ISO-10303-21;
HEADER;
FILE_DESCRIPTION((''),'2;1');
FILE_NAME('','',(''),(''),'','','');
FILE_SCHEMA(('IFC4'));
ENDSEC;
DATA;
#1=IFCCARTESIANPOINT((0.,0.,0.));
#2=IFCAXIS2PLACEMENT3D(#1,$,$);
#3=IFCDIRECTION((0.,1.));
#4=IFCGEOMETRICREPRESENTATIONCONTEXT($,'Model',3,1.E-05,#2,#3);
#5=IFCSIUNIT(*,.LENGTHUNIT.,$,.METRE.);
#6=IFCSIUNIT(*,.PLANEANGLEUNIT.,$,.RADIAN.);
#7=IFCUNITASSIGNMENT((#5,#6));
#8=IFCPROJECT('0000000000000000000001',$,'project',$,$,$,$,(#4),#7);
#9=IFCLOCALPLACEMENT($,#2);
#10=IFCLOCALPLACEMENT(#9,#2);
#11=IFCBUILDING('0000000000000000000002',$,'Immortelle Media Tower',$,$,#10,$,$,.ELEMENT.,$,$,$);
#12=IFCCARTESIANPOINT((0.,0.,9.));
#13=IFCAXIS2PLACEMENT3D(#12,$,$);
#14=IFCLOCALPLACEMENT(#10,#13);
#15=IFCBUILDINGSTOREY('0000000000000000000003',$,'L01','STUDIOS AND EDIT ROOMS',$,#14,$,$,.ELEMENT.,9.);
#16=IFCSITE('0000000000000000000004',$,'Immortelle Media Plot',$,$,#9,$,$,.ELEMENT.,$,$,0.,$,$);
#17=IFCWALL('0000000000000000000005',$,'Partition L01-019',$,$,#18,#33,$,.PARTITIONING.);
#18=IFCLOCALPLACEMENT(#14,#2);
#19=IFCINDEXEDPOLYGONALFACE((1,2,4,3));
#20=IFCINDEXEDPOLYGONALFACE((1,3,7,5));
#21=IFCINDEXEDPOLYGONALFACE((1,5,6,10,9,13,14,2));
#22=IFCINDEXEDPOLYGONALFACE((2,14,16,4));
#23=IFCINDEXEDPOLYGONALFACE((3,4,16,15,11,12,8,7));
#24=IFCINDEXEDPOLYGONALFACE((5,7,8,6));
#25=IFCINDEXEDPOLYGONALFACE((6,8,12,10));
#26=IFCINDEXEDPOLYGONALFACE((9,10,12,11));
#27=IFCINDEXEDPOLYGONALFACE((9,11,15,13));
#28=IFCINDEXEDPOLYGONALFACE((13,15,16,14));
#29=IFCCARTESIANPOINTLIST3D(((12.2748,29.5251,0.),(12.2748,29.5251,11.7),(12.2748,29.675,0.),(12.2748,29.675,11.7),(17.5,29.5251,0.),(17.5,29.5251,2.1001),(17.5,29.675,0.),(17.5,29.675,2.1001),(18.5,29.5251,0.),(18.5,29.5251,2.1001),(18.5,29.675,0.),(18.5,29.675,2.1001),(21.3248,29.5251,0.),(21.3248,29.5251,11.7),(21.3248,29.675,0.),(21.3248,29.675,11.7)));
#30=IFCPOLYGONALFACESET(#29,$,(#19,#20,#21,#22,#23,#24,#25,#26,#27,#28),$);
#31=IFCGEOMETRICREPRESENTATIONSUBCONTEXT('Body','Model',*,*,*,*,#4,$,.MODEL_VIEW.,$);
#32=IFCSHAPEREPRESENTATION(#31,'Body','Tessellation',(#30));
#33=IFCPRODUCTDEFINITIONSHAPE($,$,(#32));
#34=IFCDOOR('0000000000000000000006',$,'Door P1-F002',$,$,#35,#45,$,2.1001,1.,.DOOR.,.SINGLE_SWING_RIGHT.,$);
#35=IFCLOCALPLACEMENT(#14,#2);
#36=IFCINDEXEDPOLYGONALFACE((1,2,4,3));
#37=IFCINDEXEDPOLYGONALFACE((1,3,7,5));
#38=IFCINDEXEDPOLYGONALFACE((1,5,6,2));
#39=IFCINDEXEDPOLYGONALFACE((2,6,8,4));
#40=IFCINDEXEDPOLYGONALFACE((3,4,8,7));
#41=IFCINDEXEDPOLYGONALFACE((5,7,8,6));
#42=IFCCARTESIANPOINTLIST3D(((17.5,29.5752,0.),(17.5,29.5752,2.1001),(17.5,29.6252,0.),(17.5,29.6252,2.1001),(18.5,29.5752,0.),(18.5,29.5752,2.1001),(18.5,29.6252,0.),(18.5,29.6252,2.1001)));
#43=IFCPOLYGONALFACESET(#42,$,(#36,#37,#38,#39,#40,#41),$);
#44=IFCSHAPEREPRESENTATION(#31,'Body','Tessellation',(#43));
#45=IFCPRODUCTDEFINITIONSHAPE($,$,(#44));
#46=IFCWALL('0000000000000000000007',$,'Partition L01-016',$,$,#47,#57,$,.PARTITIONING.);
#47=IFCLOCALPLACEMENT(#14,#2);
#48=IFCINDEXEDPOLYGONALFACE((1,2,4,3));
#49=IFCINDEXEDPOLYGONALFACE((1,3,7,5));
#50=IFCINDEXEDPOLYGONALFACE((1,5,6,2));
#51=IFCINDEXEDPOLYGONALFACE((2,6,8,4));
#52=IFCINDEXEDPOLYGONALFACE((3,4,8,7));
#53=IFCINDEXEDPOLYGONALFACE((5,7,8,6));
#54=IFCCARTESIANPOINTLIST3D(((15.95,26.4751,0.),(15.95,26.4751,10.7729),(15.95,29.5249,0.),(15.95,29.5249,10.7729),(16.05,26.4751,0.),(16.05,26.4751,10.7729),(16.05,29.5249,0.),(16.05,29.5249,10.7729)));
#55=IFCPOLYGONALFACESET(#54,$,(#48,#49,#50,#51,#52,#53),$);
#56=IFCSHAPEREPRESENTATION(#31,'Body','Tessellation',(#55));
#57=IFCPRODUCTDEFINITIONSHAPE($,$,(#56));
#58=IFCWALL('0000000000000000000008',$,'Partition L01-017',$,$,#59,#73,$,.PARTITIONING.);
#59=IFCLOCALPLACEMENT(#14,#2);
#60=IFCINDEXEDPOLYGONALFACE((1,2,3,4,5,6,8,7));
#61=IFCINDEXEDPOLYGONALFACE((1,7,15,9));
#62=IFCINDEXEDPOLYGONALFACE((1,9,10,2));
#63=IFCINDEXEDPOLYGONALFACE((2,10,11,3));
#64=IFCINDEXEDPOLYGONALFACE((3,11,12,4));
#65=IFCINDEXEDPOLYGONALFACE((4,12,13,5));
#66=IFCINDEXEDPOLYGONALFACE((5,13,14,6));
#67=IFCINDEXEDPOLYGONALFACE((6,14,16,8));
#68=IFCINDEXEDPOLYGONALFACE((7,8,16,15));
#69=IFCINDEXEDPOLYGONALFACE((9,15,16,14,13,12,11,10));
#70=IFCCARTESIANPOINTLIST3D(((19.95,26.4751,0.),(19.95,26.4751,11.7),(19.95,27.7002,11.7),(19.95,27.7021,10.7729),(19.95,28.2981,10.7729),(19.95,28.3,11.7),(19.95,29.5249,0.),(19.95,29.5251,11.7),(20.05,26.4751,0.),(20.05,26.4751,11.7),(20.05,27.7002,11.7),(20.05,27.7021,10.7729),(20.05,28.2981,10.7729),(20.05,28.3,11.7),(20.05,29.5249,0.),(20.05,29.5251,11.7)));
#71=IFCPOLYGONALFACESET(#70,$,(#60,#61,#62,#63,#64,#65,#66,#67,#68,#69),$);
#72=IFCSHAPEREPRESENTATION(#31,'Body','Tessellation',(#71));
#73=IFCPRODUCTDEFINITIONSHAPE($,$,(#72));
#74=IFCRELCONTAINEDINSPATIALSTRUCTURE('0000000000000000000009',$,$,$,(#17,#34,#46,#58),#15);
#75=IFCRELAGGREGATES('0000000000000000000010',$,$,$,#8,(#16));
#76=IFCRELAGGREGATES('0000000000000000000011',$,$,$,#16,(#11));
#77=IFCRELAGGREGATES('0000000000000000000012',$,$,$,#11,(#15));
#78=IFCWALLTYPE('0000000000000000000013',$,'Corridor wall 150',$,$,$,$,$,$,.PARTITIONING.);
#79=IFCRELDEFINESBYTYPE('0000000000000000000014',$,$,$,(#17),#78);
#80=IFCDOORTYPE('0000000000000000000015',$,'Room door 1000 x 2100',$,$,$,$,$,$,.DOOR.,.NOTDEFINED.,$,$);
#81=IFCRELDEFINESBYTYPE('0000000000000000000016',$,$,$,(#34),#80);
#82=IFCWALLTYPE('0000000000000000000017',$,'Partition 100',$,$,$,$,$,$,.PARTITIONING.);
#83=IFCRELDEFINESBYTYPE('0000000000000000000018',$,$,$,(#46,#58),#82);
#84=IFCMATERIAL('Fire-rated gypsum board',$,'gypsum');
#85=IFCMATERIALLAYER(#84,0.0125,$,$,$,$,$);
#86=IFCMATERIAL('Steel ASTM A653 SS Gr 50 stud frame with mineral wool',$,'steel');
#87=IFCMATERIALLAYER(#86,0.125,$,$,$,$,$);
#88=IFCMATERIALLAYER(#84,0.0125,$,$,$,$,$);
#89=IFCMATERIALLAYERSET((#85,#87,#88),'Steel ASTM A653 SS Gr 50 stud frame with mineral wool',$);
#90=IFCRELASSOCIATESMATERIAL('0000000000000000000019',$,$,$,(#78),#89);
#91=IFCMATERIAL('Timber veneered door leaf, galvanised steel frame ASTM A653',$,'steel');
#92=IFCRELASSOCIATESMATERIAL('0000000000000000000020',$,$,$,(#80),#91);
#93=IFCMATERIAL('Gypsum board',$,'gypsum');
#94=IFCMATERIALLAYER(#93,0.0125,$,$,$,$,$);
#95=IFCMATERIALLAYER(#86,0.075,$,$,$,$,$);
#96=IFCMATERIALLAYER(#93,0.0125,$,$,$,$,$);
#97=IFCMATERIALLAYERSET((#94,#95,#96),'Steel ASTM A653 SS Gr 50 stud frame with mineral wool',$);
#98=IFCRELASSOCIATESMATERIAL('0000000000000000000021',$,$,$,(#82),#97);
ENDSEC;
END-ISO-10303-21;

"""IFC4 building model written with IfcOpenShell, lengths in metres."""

from ifc_helpers import new_model, si_unit, direction, frame, frame_2d, origin, place, context, subcontext, project, spatial, polyline, rectangle, outline, extrude, material, layer, layer_set, type_object, element, fill, save


model = new_model("IFC4")

# Units and contexts
model_context = context("Model", 3, precision=1e-05, world=origin(), true_north=direction((0.0, 1.0)))
body_context = subcontext(model_context, "Body", "Model", "MODEL_VIEW")
ifc_project = project(units=[si_unit("LENGTHUNIT", "METRE"), si_unit("PLANEANGLEUNIT", "RADIAN")], contexts=[model_context])

# Site, building, storey
site_placement = place(None, origin())
site = spatial("IfcSite", under=ifc_project, at=site_placement, Name="Immortelle Media Plot", CompositionType="ELEMENT", RefElevation=0.0)
building_placement = place(site_placement, origin())
building = spatial("IfcBuilding", under=site, at=building_placement, Name="Immortelle Media Tower", CompositionType="ELEMENT")
storey_placement = place(building_placement, frame((0.0, 0.0, 9.0)))
storey = spatial("IfcBuildingStorey", under=building, at=storey_placement, Name="L01", Description="STUDIOS AND EDIT ROOMS", CompositionType="ELEMENT", Elevation=9.0)

# Shared definitions
ifc_material_1 = material(Name="Fire-rated gypsum board", Category="gypsum")
ifc_material_2 = material(Name="Steel ASTM A653 SS Gr 50 stud frame with mineral wool", Category="steel")

# Wall, opening, door
ifc_layer_1 = layer(ifc_material_1, 0.0125)
ifc_layer_2 = layer(ifc_material_2, 0.125)
ifc_layer_3 = layer(ifc_material_1, 0.0125)
ifc_layer_set_1 = layer_set([ifc_layer_1, ifc_layer_2, ifc_layer_3], Name="Steel ASTM A653 SS Gr 50 stud frame with mineral wool")
wall_type_1 = type_object("IfcWallType", Name="Corridor wall 150", PredefinedType="PARTITIONING", material=ifc_layer_set_1)
wall_1_placement = place(storey_placement, frame((12.2749, 29.6001, 0.0), z_axis=(0.0, 0.0, 1.0), x_axis=(1.0, 0.0, 0.0)))
wall_1 = element("IfcWall", 1, at=wall_1_placement, inside=storey, type_object=wall_type_1, Name="Partition L01-019", PredefinedType="PARTITIONING", context=body_context, shape_type="SweptSolid", body=[
    extrude(rectangle(XDim=9.05, YDim=0.1499, at=frame_2d((4.5249, 0.0))), origin(), (0.0, 0.0, 1.0), 11.7),
])
opening_1_placement = place(wall_1_placement, frame((6.2251, 0.0, 0.0), z_axis=(0.0, 0.0, 1.0), x_axis=(-1.0, 0.0, 0.0)))
opening_1 = element("IfcOpeningElement", 2, at=opening_1_placement, cuts=wall_1, PredefinedType="OPENING", context=body_context, shape_type="SweptSolid", body=[
    extrude(rectangle(XDim=1.0, YDim=2.1001, at=frame_2d((0.5, 1.05))), frame((0.0, 0.085, 0.0), z_axis=(0.0, -1.0, 0.0), x_axis=(1.0, 0.0, 0.0)), (0.0, 0.0, 1.0), 0.1699),
])
ifc_material_3 = material(Name="Timber veneered door leaf, galvanised steel frame ASTM A653", Category="steel")
door_type_1 = type_object("IfcDoorType", Name="Room door 1000 x 2100", OperationType="NOTDEFINED", PredefinedType="DOOR", material=ifc_material_3)
door_1_placement = place(opening_1_placement, origin())
door_1 = element("IfcDoor", 3, at=door_1_placement, inside=storey, type_object=door_type_1, Name="Door P1-F002", OperationType="SINGLE_SWING_RIGHT", OverallHeight=2.1001, OverallWidth=1.0, PredefinedType="DOOR", context=body_context, shape_type="SweptSolid", body=[
    extrude(rectangle(XDim=1.0, YDim=2.1001, at=frame_2d((0.5, 1.05))), frame((0.0, 0.0249, 0.0), z_axis=(0.0, -1.0, 0.0), x_axis=(1.0, 0.0, 0.0)), (0.0, 0.0, 1.0), 0.05),
])
fill(opening_1, door_1)

# Walls
ifc_material_4 = material(Name="Gypsum board", Category="gypsum")
ifc_layer_4 = layer(ifc_material_4, 0.0125)
ifc_layer_5 = layer(ifc_material_2, 0.075)
ifc_layer_6 = layer(ifc_material_4, 0.0125)
ifc_layer_set_2 = layer_set([ifc_layer_4, ifc_layer_5, ifc_layer_6], Name="Steel ASTM A653 SS Gr 50 stud frame with mineral wool")
wall_type_2 = type_object("IfcWallType", Name="Partition 100", PredefinedType="PARTITIONING", material=ifc_layer_set_2)
wall_2_placement = place(storey_placement, frame((16.0, 26.4751, 0.0), z_axis=(0.0, 0.0, 1.0), x_axis=(0.0, 1.0, 0.0)))
element("IfcWall", 4, at=wall_2_placement, inside=storey, type_object=wall_type_2, Name="Partition L01-016", PredefinedType="PARTITIONING", context=body_context, shape_type="SweptSolid", body=[
    extrude(rectangle(XDim=3.0498, YDim=0.1001, at=frame_2d((1.5249, 0.0))), origin(), (0.0, 0.0, 1.0), 10.7729),
])
wall_3_placement = place(storey_placement, frame((20.0, 26.4751, 0.0), z_axis=(0.0, 0.0, 1.0), x_axis=(0.0, 1.0, 0.0)))
element("IfcWall", 5, at=wall_3_placement, inside=storey, type_object=wall_type_2, Name="Partition L01-017", PredefinedType="PARTITIONING", context=body_context, shape_type="SweptSolid", body=[
    extrude(outline(polyline([(0.0, 0.0), (3.0498, 0.0), (3.05, 11.7), (1.825, 11.7), (1.823, 10.7729), (1.2271, 10.7729), (1.2251, 11.7), (0.0, 11.7), (0.0, 0.0)])), frame((0.0, 0.05, 0.0), z_axis=(0.0, -1.0, 0.0), x_axis=(1.0, 0.0, 0.0)), (0.0, 0.0, 1.0), 0.1001),
])

save(model, "model.ifc")
